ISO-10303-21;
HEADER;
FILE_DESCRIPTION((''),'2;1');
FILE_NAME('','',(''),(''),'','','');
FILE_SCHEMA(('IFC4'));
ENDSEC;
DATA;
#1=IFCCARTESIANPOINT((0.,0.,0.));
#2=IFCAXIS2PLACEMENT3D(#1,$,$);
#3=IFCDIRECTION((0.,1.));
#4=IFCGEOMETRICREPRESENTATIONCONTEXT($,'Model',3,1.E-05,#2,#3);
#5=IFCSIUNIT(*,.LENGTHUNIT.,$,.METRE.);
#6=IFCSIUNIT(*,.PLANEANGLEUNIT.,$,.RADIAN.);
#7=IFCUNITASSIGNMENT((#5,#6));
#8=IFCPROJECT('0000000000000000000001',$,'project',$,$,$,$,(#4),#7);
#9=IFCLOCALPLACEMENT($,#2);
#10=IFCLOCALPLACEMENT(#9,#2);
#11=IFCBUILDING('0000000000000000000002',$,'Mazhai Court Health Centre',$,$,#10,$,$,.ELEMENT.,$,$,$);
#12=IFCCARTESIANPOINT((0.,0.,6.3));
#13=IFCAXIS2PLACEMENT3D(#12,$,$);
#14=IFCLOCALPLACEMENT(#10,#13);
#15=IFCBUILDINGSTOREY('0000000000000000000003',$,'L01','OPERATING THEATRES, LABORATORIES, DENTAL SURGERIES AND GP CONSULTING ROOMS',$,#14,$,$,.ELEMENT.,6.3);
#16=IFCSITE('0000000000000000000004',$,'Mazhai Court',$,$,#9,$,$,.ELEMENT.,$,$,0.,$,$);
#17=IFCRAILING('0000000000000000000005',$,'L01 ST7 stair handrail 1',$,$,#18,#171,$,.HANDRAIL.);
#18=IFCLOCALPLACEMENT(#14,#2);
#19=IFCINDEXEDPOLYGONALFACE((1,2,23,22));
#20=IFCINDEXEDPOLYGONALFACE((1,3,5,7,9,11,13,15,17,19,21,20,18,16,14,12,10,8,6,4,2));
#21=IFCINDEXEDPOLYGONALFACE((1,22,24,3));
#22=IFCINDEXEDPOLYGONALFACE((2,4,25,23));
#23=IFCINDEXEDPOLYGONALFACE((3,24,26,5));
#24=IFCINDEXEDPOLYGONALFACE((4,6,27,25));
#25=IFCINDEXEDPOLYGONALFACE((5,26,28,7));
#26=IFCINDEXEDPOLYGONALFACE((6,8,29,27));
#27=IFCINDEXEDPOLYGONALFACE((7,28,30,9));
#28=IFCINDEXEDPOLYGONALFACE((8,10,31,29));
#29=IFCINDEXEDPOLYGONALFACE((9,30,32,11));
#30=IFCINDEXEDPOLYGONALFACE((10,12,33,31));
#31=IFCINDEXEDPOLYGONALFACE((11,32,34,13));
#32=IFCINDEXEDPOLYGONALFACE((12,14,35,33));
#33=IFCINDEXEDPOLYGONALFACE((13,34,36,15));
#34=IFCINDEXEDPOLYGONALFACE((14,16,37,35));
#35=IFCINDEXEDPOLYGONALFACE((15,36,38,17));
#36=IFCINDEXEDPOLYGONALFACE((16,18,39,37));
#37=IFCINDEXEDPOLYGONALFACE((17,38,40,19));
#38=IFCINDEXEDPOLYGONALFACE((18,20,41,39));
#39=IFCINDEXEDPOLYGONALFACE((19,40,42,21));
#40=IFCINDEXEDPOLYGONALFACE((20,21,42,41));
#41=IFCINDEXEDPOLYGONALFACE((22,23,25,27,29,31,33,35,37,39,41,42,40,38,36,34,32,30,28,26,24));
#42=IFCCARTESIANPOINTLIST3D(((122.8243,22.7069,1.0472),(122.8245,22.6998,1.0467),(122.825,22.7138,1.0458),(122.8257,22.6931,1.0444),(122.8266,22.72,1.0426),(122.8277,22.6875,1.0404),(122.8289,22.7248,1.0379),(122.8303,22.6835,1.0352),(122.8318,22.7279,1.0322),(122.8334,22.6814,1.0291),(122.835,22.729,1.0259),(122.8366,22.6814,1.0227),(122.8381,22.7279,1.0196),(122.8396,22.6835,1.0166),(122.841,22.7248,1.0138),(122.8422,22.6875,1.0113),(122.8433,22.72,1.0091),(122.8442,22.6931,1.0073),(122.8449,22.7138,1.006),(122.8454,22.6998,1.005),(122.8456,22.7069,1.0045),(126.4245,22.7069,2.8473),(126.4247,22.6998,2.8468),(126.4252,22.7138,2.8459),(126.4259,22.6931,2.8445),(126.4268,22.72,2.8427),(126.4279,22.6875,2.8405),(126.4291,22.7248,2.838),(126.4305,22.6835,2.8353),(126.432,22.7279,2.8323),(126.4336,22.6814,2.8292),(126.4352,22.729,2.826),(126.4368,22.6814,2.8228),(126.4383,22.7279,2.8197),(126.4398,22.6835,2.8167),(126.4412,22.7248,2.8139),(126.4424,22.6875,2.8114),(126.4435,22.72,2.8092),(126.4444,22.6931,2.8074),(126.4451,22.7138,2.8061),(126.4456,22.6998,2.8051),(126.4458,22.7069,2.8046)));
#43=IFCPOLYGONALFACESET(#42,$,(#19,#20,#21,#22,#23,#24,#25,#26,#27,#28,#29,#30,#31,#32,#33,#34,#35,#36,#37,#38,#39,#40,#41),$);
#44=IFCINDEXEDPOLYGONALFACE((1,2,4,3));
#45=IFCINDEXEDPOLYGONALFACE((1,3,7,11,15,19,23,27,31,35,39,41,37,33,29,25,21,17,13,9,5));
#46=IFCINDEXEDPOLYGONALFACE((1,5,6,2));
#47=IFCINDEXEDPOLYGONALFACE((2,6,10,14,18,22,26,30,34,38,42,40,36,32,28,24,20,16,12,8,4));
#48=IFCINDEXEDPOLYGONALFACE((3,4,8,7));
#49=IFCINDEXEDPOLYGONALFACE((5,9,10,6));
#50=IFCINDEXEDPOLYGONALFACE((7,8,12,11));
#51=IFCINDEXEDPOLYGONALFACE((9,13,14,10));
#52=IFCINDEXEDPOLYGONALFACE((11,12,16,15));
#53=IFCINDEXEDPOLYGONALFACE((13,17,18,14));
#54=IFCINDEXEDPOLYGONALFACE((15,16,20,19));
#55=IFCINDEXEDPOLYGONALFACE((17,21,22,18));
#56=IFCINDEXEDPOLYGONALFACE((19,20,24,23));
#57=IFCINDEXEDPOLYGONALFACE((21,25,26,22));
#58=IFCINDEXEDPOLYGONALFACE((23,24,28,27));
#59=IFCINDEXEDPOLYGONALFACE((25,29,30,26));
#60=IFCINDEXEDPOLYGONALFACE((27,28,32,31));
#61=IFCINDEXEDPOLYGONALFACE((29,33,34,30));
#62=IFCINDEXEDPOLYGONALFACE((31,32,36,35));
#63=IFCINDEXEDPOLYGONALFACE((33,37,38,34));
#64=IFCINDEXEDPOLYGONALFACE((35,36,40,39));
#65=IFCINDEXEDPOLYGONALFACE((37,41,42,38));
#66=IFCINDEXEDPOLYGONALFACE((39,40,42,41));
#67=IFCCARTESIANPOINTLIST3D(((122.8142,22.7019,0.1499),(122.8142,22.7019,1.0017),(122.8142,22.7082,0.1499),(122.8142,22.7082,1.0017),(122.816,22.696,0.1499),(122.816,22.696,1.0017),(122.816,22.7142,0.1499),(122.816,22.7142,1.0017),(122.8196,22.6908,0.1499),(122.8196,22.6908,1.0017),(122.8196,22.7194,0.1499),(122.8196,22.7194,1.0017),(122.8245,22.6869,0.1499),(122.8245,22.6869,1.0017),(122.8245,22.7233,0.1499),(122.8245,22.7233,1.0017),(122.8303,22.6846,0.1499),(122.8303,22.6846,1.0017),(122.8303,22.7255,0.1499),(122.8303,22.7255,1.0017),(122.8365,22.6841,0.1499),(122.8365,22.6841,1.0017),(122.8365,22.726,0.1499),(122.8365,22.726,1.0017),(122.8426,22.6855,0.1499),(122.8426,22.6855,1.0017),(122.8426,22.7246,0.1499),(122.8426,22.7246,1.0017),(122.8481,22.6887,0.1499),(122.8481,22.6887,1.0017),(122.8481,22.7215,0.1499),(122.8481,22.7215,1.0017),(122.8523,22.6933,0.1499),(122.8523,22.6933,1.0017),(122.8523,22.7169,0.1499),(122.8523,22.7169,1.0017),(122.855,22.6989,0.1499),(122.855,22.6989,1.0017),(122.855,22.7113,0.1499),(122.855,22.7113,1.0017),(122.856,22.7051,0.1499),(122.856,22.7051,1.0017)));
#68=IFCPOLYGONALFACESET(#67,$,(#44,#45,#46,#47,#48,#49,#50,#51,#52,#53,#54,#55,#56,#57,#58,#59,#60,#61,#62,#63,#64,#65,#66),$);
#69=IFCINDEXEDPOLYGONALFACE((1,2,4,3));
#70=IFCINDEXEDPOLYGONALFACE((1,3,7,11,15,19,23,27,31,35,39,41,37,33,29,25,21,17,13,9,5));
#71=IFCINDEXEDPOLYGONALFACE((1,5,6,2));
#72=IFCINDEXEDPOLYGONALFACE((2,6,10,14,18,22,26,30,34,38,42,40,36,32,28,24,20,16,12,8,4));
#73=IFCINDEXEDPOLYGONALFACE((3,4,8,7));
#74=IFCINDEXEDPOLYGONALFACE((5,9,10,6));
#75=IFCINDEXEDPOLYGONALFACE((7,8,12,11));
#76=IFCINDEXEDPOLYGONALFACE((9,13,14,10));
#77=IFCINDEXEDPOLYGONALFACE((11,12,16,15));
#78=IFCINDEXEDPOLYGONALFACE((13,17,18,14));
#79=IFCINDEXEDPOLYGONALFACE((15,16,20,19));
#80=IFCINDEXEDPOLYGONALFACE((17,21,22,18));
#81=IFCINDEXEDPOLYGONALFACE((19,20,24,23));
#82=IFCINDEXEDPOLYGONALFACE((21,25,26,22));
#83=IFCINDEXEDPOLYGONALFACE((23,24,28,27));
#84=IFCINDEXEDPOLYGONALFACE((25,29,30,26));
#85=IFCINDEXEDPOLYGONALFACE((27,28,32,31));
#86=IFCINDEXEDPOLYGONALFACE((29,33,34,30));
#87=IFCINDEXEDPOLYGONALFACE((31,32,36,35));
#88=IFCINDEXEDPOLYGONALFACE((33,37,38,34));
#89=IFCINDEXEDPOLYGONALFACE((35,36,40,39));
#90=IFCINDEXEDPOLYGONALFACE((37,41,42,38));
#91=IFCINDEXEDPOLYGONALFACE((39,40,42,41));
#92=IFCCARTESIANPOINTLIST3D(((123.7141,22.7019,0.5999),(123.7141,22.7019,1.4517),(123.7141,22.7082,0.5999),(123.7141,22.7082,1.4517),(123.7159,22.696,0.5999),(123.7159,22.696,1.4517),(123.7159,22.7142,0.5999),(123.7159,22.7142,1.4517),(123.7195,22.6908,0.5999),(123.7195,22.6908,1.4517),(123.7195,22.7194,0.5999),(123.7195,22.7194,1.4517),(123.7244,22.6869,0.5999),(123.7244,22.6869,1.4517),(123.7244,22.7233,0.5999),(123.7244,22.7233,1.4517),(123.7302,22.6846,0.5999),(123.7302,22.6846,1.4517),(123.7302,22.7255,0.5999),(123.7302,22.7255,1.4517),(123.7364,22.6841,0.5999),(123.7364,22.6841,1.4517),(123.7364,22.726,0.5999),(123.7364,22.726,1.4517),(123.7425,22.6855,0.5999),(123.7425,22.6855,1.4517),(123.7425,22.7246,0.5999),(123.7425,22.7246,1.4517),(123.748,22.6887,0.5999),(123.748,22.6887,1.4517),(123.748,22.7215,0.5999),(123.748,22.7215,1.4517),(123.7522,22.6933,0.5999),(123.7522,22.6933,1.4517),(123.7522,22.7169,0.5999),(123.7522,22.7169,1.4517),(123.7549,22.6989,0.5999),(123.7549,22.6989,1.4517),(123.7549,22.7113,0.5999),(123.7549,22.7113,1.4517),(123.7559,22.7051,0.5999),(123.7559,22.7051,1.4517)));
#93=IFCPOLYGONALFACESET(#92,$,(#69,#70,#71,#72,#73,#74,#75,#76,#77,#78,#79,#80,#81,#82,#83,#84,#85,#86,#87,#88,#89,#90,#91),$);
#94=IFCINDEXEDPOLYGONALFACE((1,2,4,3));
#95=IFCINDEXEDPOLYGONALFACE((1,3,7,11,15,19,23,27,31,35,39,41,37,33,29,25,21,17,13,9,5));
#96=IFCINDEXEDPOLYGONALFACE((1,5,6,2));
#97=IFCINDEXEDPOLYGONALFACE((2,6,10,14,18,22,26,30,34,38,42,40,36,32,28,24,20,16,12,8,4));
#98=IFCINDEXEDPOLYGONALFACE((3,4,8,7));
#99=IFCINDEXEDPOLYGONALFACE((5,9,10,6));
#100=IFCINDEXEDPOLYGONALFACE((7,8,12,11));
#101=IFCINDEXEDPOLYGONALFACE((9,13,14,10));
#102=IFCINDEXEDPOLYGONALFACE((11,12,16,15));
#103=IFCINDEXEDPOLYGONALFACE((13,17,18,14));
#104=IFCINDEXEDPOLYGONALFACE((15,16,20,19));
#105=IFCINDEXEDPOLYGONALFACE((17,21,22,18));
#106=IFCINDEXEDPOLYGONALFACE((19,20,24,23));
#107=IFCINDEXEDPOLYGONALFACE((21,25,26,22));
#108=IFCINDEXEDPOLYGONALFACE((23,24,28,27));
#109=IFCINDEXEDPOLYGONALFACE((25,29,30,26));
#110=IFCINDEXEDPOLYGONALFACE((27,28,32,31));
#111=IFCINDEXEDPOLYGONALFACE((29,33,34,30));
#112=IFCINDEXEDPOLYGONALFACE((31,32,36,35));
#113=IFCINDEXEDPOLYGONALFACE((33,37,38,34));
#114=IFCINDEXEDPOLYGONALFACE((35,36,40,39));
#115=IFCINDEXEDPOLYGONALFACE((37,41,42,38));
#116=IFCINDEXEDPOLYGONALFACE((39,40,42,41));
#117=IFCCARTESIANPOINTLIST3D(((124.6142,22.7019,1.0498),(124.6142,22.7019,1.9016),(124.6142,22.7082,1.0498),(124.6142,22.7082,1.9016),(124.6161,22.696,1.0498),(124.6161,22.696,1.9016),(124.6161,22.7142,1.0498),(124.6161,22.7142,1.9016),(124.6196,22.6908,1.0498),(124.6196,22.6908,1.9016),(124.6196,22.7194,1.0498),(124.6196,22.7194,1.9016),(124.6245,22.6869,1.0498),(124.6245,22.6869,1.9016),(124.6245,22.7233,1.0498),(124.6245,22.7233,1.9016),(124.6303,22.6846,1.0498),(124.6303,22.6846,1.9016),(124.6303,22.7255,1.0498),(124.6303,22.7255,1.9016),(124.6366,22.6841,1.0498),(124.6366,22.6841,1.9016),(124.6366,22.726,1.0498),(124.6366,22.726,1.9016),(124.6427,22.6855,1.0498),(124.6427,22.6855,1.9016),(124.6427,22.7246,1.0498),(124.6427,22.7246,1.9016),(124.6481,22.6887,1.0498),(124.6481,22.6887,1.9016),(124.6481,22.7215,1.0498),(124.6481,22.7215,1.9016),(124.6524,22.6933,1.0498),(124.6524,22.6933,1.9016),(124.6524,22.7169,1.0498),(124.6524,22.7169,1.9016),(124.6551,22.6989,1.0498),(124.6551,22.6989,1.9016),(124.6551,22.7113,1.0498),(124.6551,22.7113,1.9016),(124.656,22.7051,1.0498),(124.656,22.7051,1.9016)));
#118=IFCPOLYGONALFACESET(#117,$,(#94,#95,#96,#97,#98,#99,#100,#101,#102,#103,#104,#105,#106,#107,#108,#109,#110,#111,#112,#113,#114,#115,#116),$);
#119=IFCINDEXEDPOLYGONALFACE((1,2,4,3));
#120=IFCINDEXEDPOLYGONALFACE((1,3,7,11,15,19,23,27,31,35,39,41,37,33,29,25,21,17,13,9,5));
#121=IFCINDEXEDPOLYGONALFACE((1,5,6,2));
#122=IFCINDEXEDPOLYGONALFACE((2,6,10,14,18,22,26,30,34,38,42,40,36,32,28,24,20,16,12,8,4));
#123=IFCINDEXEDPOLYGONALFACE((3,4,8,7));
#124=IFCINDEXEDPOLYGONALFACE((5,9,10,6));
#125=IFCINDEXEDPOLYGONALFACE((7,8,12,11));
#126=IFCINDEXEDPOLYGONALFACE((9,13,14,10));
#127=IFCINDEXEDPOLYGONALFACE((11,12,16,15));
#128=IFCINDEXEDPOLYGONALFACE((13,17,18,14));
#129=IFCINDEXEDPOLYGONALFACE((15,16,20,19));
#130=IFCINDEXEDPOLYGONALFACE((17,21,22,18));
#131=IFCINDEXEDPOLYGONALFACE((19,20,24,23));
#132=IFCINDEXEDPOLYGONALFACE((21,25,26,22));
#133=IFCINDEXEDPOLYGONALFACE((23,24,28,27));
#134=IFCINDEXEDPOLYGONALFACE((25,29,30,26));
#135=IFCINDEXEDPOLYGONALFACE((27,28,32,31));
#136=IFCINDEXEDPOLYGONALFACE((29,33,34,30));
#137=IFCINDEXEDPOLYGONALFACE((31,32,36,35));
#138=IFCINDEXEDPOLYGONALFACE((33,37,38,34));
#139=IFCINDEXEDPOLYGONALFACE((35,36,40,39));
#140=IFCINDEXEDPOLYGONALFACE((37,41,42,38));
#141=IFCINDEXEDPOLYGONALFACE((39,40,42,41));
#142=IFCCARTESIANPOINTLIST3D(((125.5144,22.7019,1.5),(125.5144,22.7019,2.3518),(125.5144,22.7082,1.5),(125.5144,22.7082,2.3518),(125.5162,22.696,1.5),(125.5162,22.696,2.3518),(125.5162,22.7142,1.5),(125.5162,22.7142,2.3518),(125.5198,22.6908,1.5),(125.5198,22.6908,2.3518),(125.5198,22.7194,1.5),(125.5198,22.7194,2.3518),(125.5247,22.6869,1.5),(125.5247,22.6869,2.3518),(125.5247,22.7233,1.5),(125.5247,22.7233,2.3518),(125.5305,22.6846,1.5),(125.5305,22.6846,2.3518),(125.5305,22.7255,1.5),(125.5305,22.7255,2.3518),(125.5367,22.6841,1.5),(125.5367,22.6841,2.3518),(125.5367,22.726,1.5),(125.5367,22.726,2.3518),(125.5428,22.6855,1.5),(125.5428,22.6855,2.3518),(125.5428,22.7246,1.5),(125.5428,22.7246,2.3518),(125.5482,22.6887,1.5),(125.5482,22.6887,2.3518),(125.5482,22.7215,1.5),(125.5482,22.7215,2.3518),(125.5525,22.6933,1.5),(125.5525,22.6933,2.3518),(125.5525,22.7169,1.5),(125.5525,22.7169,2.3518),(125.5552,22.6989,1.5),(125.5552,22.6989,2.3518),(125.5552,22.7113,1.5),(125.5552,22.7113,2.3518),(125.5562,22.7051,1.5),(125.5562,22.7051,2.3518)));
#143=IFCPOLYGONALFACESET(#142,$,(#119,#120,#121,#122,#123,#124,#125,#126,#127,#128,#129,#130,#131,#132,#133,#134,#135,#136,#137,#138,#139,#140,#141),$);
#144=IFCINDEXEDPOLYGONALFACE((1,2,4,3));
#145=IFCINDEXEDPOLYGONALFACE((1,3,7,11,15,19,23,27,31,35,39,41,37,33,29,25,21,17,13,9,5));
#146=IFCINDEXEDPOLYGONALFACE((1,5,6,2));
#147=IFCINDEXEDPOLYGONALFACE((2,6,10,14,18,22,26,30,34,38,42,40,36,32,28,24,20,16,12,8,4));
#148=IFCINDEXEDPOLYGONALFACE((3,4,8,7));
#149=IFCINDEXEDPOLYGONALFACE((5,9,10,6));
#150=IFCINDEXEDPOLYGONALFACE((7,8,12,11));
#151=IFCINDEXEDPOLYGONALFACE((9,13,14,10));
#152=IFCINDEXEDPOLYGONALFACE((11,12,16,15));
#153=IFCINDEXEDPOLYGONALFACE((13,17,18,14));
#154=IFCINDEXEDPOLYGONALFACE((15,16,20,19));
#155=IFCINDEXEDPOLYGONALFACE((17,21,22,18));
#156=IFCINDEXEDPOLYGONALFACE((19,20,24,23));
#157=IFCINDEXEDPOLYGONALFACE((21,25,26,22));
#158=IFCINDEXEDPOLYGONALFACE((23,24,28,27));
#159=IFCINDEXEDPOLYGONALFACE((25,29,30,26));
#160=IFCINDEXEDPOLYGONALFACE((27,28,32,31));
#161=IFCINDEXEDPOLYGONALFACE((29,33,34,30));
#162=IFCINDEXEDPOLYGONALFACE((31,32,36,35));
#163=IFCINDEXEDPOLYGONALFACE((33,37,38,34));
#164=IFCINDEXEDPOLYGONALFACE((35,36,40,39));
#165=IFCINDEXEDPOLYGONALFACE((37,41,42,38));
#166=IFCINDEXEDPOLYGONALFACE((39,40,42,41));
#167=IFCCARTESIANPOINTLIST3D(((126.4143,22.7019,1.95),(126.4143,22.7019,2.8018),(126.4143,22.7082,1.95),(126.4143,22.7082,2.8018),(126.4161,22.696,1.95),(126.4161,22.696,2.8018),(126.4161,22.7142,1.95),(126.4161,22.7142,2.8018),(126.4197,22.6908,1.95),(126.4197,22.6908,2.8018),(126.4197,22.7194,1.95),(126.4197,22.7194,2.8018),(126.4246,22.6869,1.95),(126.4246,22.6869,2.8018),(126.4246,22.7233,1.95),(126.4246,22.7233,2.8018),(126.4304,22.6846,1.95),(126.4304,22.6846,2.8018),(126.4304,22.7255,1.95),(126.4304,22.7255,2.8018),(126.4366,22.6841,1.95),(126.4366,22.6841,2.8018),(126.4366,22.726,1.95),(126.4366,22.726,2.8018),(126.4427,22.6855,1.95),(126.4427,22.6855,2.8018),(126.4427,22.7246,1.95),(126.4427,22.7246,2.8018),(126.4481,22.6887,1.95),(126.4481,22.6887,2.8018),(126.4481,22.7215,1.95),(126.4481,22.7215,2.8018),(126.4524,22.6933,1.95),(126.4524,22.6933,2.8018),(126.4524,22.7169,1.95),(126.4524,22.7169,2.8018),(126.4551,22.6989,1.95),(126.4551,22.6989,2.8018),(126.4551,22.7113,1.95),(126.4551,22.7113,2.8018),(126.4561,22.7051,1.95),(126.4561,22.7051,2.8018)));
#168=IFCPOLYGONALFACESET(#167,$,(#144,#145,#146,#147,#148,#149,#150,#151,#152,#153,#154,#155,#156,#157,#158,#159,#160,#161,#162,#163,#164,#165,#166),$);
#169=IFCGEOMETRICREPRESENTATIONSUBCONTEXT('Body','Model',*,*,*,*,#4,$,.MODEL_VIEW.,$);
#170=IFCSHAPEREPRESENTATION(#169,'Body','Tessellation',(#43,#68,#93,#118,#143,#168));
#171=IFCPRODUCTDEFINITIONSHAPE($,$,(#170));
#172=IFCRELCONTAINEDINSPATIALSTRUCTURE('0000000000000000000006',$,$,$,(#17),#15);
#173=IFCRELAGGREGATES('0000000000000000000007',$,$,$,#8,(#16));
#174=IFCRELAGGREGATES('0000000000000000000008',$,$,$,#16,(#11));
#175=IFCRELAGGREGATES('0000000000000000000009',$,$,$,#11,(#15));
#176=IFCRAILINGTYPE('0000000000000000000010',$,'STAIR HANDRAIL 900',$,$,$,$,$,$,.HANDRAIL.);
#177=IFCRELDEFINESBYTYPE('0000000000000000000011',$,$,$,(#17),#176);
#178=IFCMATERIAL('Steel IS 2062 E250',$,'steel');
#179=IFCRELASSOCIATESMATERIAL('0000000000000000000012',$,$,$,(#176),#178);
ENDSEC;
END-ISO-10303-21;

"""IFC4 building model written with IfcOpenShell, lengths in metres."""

from ifc_helpers import new_model, si_unit, direction, frame, origin, origin_2d, place, context, subcontext, project, spatial, circle, extrude, material, type_object, element, save


model = new_model("IFC4")

# Units and contexts
model_context = context("Model", 3, precision=1e-05, world=origin(), true_north=direction((0.0, 1.0)))
body_context = subcontext(model_context, "Body", "Model", "MODEL_VIEW")
ifc_project = project(units=[si_unit("LENGTHUNIT", "METRE"), si_unit("PLANEANGLEUNIT", "RADIAN")], contexts=[model_context])

# Site, building, storey
site_placement = place(None, origin())
site = spatial("IfcSite", under=ifc_project, at=site_placement, Name="Mazhai Court", CompositionType="ELEMENT", RefElevation=0.0)
building_placement = place(site_placement, origin())
building = spatial("IfcBuilding", under=site, at=building_placement, Name="Mazhai Court Health Centre", CompositionType="ELEMENT")
storey_placement = place(building_placement, frame((0.0, 0.0, 6.3)))
storey = spatial("IfcBuildingStorey", under=building, at=storey_placement, Name="L01", Description="OPERATING THEATRES, LABORATORIES, DENTAL SURGERIES AND GP CONSULTING ROOMS", CompositionType="ELEMENT", Elevation=6.3)

# Railing
ifc_material_1 = material(Name="Steel IS 2062 E250", Category="steel")
railing_type_1 = type_object("IfcRailingType", Name="STAIR HANDRAIL 900", PredefinedType="HANDRAIL", material=ifc_material_1)
railing_1_placement = place(storey_placement, frame((122.835, 22.7051, 0.1499)))
element("IfcRailing", 1, at=railing_1_placement, inside=storey, type_object=railing_type_1, Name="L01 ST7 stair handrail 1", PredefinedType="HANDRAIL", context=body_context, shape_type="SweptSolid", body=[
    extrude(circle(Radius=0.0239, at=origin_2d()), frame((0.0, 0.0, 0.876), z_axis=(0.894427, 0.0, 0.447214), x_axis=(0.0, 1.0, 0.0)), (0.0, 0.0, 1.0), 4.0251),
    extrude(circle(Radius=0.021, at=origin_2d()), origin(), (0.0, 0.0, 1.0), 0.8518),
    extrude(circle(Radius=0.021, at=origin_2d()), frame((0.8999, 0.0, 0.45)), (0.0, 0.0, 1.0), 0.8518),
    extrude(circle(Radius=0.021, at=origin_2d()), frame((1.8, 0.0, 0.8999)), (0.0, 0.0, 1.0), 0.8518),
    extrude(circle(Radius=0.021, at=origin_2d()), frame((2.7002, 0.0, 1.3501)), (0.0, 0.0, 1.0), 0.8518),
    extrude(circle(Radius=0.021, at=origin_2d()), frame((3.6001, 0.0, 1.8)), (0.0, 0.0, 1.0), 0.8518),
])

save(model, "model.ifc")
